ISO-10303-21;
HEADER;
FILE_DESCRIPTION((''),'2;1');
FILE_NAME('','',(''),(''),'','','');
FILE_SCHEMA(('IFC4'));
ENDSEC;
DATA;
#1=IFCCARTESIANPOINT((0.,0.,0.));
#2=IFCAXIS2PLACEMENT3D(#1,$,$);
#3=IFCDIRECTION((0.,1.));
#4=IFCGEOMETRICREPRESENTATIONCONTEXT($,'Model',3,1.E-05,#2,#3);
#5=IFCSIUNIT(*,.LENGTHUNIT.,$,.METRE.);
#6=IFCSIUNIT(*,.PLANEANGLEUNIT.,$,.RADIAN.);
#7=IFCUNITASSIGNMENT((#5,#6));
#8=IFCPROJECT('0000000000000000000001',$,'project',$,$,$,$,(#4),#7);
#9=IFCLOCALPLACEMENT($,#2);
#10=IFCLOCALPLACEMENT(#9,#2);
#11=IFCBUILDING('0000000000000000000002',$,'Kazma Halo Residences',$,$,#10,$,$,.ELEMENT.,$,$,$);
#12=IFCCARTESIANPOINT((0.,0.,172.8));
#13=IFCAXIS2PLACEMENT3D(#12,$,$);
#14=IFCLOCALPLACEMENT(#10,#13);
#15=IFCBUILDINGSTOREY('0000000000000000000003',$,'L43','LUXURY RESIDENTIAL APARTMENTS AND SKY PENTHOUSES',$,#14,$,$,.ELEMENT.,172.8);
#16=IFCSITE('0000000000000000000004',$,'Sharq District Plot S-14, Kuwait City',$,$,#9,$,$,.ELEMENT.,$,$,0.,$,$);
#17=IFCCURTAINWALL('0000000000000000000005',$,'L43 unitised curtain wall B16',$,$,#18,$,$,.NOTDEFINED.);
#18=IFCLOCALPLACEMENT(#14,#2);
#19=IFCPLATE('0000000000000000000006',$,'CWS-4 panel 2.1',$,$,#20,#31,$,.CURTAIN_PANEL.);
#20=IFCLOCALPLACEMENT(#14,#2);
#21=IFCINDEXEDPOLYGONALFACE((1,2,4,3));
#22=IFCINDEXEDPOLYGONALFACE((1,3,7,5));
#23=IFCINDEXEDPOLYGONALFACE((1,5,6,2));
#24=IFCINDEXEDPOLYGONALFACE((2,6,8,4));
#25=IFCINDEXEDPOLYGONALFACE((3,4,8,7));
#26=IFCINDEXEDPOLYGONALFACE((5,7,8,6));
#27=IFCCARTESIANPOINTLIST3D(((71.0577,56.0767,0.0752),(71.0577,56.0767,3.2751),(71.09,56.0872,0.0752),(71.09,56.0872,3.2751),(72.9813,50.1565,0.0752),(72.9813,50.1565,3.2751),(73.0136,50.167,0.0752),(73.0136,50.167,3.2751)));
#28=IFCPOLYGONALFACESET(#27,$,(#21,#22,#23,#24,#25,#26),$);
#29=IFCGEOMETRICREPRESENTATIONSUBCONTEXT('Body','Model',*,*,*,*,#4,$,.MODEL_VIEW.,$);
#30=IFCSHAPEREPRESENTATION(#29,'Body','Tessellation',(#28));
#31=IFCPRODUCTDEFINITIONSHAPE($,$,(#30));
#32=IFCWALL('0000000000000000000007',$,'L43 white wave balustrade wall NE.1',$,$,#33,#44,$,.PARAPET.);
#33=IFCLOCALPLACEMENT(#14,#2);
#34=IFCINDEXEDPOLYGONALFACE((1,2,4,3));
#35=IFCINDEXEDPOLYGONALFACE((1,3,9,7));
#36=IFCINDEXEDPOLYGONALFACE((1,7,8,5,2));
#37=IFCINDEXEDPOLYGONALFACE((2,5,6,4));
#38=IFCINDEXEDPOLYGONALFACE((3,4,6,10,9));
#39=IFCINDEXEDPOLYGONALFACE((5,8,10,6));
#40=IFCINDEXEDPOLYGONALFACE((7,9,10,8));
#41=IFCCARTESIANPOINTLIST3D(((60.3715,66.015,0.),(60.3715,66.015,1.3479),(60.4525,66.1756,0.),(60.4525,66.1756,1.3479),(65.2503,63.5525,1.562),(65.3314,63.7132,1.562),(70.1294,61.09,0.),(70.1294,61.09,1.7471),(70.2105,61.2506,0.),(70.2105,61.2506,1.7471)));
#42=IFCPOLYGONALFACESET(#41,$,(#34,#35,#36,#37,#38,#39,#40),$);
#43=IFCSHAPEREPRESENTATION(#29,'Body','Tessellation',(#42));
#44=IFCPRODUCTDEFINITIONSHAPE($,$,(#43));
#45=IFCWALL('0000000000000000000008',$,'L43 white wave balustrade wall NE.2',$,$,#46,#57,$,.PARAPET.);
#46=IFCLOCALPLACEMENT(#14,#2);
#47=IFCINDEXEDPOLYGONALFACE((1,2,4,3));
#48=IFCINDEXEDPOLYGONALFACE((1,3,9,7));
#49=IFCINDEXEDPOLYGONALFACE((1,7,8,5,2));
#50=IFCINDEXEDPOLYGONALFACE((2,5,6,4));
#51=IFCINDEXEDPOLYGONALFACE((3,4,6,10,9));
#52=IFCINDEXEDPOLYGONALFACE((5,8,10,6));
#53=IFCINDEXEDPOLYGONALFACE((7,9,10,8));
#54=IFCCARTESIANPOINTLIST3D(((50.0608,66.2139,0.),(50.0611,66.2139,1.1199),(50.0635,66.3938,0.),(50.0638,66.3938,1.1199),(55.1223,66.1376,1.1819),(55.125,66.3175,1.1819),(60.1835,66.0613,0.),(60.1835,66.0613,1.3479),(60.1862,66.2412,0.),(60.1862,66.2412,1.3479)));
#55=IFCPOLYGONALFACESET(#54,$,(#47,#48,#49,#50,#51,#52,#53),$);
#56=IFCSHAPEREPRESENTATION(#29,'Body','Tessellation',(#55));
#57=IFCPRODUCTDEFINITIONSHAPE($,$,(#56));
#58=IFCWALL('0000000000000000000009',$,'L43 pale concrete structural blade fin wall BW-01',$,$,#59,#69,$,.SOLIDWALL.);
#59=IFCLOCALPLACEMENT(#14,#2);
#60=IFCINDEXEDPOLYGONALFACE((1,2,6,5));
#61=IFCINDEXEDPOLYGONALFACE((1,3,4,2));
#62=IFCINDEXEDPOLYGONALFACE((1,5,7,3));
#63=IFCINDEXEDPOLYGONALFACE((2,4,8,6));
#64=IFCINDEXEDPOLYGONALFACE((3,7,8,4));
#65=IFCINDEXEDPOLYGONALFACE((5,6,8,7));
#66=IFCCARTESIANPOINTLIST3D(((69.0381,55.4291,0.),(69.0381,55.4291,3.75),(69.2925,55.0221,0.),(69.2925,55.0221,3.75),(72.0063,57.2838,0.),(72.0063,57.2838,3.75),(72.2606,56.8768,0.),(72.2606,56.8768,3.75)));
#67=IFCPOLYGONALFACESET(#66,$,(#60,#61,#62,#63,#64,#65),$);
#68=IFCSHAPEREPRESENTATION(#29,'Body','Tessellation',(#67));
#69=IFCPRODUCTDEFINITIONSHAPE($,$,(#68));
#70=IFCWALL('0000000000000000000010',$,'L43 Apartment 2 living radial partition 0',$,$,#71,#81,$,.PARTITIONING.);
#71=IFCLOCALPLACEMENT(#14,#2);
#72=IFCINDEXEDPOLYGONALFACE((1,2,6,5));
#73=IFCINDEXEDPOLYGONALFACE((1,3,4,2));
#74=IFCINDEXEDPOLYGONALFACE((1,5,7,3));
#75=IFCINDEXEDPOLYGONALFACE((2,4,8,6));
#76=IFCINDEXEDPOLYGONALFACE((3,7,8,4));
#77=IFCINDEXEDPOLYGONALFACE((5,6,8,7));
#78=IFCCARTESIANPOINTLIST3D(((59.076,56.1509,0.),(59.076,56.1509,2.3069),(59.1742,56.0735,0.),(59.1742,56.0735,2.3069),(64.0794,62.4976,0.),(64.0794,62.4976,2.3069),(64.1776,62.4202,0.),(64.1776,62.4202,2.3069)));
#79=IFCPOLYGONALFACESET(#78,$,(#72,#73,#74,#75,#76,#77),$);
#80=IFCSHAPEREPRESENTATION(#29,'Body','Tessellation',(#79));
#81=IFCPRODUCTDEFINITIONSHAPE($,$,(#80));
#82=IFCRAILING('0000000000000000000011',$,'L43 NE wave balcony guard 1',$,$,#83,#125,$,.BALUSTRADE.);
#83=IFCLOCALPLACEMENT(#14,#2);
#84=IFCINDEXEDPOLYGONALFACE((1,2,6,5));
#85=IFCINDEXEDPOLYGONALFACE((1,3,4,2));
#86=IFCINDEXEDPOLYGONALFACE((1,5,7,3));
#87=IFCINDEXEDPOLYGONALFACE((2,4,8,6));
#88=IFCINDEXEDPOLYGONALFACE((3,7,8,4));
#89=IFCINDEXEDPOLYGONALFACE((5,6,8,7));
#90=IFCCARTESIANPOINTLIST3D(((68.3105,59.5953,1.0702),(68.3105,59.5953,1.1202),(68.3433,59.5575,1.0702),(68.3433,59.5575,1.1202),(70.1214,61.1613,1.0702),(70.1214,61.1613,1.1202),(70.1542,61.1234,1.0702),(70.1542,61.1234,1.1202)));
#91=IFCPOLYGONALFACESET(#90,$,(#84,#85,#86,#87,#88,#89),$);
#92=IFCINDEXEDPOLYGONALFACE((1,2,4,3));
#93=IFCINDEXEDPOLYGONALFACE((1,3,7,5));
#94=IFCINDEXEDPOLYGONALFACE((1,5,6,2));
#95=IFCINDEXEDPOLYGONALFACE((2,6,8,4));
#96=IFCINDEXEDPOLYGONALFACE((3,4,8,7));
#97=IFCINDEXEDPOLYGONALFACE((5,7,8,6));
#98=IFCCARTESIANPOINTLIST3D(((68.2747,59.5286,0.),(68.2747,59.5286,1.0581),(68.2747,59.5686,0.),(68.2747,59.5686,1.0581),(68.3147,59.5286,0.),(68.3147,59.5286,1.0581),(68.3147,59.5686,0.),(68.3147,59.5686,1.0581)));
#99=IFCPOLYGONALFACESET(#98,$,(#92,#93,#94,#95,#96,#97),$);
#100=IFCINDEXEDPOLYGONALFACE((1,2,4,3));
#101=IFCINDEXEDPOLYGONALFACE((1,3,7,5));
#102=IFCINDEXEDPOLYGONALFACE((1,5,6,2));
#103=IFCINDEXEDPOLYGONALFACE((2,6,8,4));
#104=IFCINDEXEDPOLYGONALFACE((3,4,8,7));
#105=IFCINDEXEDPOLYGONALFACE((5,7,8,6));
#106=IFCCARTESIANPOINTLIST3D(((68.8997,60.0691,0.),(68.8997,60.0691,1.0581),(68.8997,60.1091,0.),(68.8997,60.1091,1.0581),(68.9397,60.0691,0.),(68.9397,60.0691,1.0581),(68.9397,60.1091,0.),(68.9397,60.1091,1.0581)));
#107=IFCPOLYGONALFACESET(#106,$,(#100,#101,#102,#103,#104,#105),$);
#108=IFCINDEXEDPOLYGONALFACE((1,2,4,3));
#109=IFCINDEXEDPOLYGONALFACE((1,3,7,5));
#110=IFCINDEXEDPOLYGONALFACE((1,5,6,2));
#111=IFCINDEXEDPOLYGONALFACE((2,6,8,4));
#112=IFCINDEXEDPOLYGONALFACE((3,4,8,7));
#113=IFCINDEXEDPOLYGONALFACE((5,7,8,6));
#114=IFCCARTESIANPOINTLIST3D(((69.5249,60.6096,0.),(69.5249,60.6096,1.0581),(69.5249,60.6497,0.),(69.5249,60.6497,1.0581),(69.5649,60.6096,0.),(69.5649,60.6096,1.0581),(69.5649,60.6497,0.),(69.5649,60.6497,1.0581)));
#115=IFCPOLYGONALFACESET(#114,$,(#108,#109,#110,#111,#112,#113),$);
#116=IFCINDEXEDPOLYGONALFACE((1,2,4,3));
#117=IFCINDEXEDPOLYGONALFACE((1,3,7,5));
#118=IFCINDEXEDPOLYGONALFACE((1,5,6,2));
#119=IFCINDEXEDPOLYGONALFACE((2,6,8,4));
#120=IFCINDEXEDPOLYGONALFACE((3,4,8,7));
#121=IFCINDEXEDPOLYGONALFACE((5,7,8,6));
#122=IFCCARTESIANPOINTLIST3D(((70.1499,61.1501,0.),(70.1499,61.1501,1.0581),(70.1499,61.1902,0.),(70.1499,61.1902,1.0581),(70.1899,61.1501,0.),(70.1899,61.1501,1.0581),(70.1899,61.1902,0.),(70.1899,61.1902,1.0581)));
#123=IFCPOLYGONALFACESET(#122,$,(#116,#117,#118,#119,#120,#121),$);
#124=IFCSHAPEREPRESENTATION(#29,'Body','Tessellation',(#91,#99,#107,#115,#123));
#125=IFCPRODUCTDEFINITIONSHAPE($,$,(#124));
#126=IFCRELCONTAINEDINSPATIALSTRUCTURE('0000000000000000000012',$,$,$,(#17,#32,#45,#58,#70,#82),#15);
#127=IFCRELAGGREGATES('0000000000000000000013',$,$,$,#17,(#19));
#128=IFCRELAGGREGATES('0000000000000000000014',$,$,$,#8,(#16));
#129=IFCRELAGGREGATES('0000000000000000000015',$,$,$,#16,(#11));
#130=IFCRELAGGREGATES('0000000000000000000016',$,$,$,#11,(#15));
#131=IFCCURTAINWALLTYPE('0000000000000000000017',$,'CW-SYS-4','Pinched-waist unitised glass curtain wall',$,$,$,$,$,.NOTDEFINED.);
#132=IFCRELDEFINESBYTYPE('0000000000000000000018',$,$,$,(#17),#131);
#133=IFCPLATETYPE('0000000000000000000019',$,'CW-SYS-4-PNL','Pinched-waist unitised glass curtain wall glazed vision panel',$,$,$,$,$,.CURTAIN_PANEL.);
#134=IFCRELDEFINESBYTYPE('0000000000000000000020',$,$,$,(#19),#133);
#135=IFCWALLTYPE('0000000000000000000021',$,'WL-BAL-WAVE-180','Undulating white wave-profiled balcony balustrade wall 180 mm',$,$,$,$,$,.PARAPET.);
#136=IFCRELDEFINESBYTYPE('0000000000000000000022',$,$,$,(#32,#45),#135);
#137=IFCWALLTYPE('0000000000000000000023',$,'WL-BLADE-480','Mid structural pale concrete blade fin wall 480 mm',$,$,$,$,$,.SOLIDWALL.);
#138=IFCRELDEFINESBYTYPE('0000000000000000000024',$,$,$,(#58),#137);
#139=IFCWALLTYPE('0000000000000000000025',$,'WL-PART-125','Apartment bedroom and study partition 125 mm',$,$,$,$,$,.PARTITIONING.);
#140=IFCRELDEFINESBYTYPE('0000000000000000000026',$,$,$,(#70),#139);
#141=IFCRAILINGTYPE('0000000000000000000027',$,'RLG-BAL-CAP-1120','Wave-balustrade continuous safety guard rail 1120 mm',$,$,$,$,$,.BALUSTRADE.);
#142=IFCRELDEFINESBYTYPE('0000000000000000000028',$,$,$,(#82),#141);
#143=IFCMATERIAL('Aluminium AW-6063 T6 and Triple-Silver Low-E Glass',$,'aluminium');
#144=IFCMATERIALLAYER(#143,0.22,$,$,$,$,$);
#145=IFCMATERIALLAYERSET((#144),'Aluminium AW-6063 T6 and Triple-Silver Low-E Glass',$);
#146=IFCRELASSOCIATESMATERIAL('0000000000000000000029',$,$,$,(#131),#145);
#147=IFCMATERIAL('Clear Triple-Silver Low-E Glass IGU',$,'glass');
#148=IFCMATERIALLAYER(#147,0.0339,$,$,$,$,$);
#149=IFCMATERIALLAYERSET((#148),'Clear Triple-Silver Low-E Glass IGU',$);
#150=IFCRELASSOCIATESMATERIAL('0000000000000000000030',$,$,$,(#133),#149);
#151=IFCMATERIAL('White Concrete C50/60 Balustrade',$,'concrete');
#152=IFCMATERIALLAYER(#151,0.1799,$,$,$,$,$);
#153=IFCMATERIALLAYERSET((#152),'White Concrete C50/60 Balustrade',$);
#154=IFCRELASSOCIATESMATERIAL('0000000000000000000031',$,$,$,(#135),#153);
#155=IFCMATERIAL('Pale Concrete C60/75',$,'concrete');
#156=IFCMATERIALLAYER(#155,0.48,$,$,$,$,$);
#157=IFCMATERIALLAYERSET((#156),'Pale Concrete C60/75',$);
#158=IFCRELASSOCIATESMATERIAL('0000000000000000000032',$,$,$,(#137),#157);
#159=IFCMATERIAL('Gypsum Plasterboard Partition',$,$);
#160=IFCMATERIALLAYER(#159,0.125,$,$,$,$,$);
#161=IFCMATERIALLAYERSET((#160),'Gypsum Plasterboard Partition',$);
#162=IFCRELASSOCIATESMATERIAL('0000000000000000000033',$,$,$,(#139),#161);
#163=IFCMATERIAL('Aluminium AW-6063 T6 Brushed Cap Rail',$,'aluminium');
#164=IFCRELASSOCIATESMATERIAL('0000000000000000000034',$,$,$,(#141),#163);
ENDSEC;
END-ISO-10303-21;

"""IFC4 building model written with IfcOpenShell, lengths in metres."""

from ifc_helpers import new_model, si_unit, direction, frame, frame_2d, origin, origin_2d, place, context, subcontext, project, spatial, polyline, rectangle, outline, extrude, material, layer, layer_set, type_object, element, aggregate, save


model = new_model("IFC4")

# Units and contexts
model_context = context("Model", 3, precision=1e-05, world=origin(), true_north=direction((0.0, 1.0)))
body_context = subcontext(model_context, "Body", "Model", "MODEL_VIEW")
ifc_project = project(units=[si_unit("LENGTHUNIT", "METRE"), si_unit("PLANEANGLEUNIT", "RADIAN")], contexts=[model_context])

# Site, building, storey
site_placement = place(None, origin())
site = spatial("IfcSite", under=ifc_project, at=site_placement, Name="Sharq District Plot S-14, Kuwait City", CompositionType="ELEMENT", RefElevation=0.0)
building_placement = place(site_placement, origin())
building = spatial("IfcBuilding", under=site, at=building_placement, Name="Kazma Halo Residences", CompositionType="ELEMENT")
storey_placement = place(building_placement, frame((0.0, 0.0, 172.8)))
storey = spatial("IfcBuildingStorey", under=building, at=storey_placement, Name="L43", Description="LUXURY RESIDENTIAL APARTMENTS AND SKY PENTHOUSES", CompositionType="ELEMENT", Elevation=172.8)

# Shared definitions
ifc_material_1 = material(Name="Aluminium AW-6063 T6 and Triple-Silver Low-E Glass", Category="aluminium")
ifc_layer_1 = layer(ifc_material_1, 0.22)
ifc_layer_set_1 = layer_set([ifc_layer_1], Name="Aluminium AW-6063 T6 and Triple-Silver Low-E Glass")
curtain_wall_type = type_object("IfcCurtainWallType", Name="CW-SYS-4", Description="Pinched-waist unitised glass curtain wall", PredefinedType="NOTDEFINED", material=ifc_layer_set_1)

# Curtain wall
curtain_wall_1_placement = place(storey_placement, origin())
curtain_wall_1 = element("IfcCurtainWall", 1, at=curtain_wall_1_placement, inside=storey, type_object=curtain_wall_type, Name="L43 unitised curtain wall B16", PredefinedType="NOTDEFINED")

# Plate
ifc_material_2 = material(Name="Clear Triple-Silver Low-E Glass IGU", Category="glass")
ifc_layer_2 = layer(ifc_material_2, 0.0339)
ifc_layer_set_2 = layer_set([ifc_layer_2], Name="Clear Triple-Silver Low-E Glass IGU")
plate_type = type_object("IfcPlateType", Name="CW-SYS-4-PNL", Description="Pinched-waist unitised glass curtain wall glazed vision panel", PredefinedType="CURTAIN_PANEL", material=ifc_layer_set_2)
plate_1_placement = place(storey_placement, frame((72.0356, 53.1218, 0.0752), z_axis=(0.0, 0.0, 1.0), x_axis=(-0.309014, 0.951058, 0.0)))
plate_1 = element("IfcPlate", 2, at=plate_1_placement, type_object=plate_type, Name="CWS-4 panel 2.1", PredefinedType="CURTAIN_PANEL", context=body_context, shape_type="SweptSolid", body=[
    extrude(rectangle(XDim=6.2249, YDim=0.0339, at=origin_2d()), origin(), (0.0, 0.0, 1.0), 3.2),
])
aggregate(curtain_wall_1, [plate_1])

# Walls
ifc_material_3 = material(Name="White Concrete C50/60 Balustrade", Category="concrete")
ifc_layer_3 = layer(ifc_material_3, 0.1799)
ifc_layer_set_3 = layer_set([ifc_layer_3], Name="White Concrete C50/60 Balustrade")
wall_type_1 = type_object("IfcWallType", Name="WL-BAL-WAVE-180", Description="Undulating white wave-profiled balcony balustrade wall 180 mm", PredefinedType="PARAPET", material=ifc_layer_set_3)
wall_1_placement = place(storey_placement, frame((70.1699, 61.1702, 0.0), z_axis=(0.0, 0.0, 1.0), x_axis=(-0.892737, 0.450579, 0.0)))
element("IfcWall", 3, at=wall_1_placement, inside=storey, type_object=wall_type_1, Name="L43 white wave balustrade wall NE.1", PredefinedType="PARAPET", context=body_context, shape_type="SweptSolid", body=[
    extrude(outline(polyline([(0.0, 0.0), (10.9304, 0.0), (10.9304, 1.3479), (5.4653, 1.562), (0.0, 1.7471), (0.0, 0.0)])), frame((0.0, 0.0898, 0.0), z_axis=(0.0, -1.0, 0.0), x_axis=(1.0, 0.0, 0.0)), (0.0, 0.0, 1.0), 0.1799),
])
wall_2_placement = place(storey_placement, frame((60.1848, 66.1511, 0.0), z_axis=(0.0, 0.0, 1.0), x_axis=(-0.999886, 0.015072, 0.0)))
element("IfcWall", 4, at=wall_2_placement, inside=storey, type_object=wall_type_1, Name="L43 white wave balustrade wall NE.2", PredefinedType="PARAPET", context=body_context, shape_type="SweptSolid", body=[
    extrude(outline(polyline([(0.0, 0.0), (10.1238, 0.0), (10.1235, 1.1199), (5.0618, 1.1819), (0.0, 1.3479), (0.0, 0.0)])), frame((0.0, 0.0898, 0.0), z_axis=(0.0, -1.0, 0.0), x_axis=(1.0, 0.0, 0.0)), (0.0, 0.0, 1.0), 0.1799),
])
ifc_material_4 = material(Name="Pale Concrete C60/75", Category="concrete")
ifc_layer_4 = layer(ifc_material_4, 0.48)
ifc_layer_set_4 = layer_set([ifc_layer_4], Name="Pale Concrete C60/75")
wall_type_2 = type_object("IfcWallType", Name="WL-BLADE-480", Description="Mid structural pale concrete blade fin wall 480 mm", PredefinedType="SOLIDWALL", material=ifc_layer_set_4)
wall_3_placement = place(storey_placement, frame((69.1653, 55.2256, 0.0), z_axis=(0.0, 0.0, 1.0), x_axis=(0.848053, 0.529911, 0.0)))
element("IfcWall", 5, at=wall_3_placement, inside=storey, type_object=wall_type_2, Name="L43 pale concrete structural blade fin wall BW-01", PredefinedType="SOLIDWALL", context=body_context, shape_type="SweptSolid", body=[
    extrude(rectangle(XDim=3.5, YDim=0.48, at=frame_2d((1.75, 0.0))), origin(), (0.0, 0.0, 1.0), 3.75),
])

# Wall
ifc_material_5 = material(Name="Gypsum Plasterboard Partition")
ifc_layer_5 = layer(ifc_material_5, 0.125)
ifc_layer_set_5 = layer_set([ifc_layer_5], Name="Gypsum Plasterboard Partition")
wall_type_3 = type_object("IfcWallType", Name="WL-PART-125", Description="Apartment bedroom and study partition 125 mm", PredefinedType="PARTITIONING", material=ifc_layer_set_5)
wall_4_placement = place(storey_placement, frame((59.125, 56.1121, 0.0), z_axis=(0.0, 0.0, 1.0), x_axis=(0.619102, 0.785311, 0.0)))
element("IfcWall", 6, at=wall_4_placement, inside=storey, type_object=wall_type_3, Name="L43 Apartment 2 living radial partition 0", PredefinedType="PARTITIONING", context=body_context, shape_type="SweptSolid", body=[
    extrude(rectangle(XDim=8.0818, YDim=0.125, at=frame_2d((4.041, 0.0))), origin(), (0.0, 0.0, 1.0), 2.3069),
])

# Railing
ifc_material_6 = material(Name="Aluminium AW-6063 T6 Brushed Cap Rail", Category="aluminium")
railing_type = type_object("IfcRailingType", Name="RLG-BAL-CAP-1120", Description="Wave-balustrade continuous safety guard rail 1120 mm", PredefinedType="BALUSTRADE", material=ifc_material_6)
railing_1_placement = place(storey_placement, frame((68.2947, 59.5486, 0.0)))
element("IfcRailing", 7, at=railing_1_placement, inside=storey, type_object=railing_type, Name="L43 NE wave balcony guard 1", PredefinedType="BALUSTRADE", context=body_context, shape_type="SweptSolid", body=[
    extrude(rectangle(XDim=0.05, YDim=0.05, at=origin_2d()), frame((0.0322, 0.0278, 1.0952), z_axis=(0.756413, 0.654094, 0.0), x_axis=(-0.654094, 0.756413, 0.0)), (0.0, 0.0, 1.0), 2.394),
    extrude(rectangle(XDim=0.04, YDim=0.04, at=origin_2d()), origin(), (0.0, 0.0, 1.0), 1.0581),
    extrude(rectangle(XDim=0.04, YDim=0.04, at=origin_2d()), frame((0.625, 0.5405, 0.0)), (0.0, 0.0, 1.0), 1.0581),
    extrude(rectangle(XDim=0.04, YDim=0.04, at=origin_2d()), frame((1.2502, 1.0811, 0.0)), (0.0, 0.0, 1.0), 1.0581),
    extrude(rectangle(XDim=0.04, YDim=0.04, at=origin_2d()), frame((1.8752, 1.6216, 0.0)), (0.0, 0.0, 1.0), 1.0581),
])

save(model, "model.ifc")
